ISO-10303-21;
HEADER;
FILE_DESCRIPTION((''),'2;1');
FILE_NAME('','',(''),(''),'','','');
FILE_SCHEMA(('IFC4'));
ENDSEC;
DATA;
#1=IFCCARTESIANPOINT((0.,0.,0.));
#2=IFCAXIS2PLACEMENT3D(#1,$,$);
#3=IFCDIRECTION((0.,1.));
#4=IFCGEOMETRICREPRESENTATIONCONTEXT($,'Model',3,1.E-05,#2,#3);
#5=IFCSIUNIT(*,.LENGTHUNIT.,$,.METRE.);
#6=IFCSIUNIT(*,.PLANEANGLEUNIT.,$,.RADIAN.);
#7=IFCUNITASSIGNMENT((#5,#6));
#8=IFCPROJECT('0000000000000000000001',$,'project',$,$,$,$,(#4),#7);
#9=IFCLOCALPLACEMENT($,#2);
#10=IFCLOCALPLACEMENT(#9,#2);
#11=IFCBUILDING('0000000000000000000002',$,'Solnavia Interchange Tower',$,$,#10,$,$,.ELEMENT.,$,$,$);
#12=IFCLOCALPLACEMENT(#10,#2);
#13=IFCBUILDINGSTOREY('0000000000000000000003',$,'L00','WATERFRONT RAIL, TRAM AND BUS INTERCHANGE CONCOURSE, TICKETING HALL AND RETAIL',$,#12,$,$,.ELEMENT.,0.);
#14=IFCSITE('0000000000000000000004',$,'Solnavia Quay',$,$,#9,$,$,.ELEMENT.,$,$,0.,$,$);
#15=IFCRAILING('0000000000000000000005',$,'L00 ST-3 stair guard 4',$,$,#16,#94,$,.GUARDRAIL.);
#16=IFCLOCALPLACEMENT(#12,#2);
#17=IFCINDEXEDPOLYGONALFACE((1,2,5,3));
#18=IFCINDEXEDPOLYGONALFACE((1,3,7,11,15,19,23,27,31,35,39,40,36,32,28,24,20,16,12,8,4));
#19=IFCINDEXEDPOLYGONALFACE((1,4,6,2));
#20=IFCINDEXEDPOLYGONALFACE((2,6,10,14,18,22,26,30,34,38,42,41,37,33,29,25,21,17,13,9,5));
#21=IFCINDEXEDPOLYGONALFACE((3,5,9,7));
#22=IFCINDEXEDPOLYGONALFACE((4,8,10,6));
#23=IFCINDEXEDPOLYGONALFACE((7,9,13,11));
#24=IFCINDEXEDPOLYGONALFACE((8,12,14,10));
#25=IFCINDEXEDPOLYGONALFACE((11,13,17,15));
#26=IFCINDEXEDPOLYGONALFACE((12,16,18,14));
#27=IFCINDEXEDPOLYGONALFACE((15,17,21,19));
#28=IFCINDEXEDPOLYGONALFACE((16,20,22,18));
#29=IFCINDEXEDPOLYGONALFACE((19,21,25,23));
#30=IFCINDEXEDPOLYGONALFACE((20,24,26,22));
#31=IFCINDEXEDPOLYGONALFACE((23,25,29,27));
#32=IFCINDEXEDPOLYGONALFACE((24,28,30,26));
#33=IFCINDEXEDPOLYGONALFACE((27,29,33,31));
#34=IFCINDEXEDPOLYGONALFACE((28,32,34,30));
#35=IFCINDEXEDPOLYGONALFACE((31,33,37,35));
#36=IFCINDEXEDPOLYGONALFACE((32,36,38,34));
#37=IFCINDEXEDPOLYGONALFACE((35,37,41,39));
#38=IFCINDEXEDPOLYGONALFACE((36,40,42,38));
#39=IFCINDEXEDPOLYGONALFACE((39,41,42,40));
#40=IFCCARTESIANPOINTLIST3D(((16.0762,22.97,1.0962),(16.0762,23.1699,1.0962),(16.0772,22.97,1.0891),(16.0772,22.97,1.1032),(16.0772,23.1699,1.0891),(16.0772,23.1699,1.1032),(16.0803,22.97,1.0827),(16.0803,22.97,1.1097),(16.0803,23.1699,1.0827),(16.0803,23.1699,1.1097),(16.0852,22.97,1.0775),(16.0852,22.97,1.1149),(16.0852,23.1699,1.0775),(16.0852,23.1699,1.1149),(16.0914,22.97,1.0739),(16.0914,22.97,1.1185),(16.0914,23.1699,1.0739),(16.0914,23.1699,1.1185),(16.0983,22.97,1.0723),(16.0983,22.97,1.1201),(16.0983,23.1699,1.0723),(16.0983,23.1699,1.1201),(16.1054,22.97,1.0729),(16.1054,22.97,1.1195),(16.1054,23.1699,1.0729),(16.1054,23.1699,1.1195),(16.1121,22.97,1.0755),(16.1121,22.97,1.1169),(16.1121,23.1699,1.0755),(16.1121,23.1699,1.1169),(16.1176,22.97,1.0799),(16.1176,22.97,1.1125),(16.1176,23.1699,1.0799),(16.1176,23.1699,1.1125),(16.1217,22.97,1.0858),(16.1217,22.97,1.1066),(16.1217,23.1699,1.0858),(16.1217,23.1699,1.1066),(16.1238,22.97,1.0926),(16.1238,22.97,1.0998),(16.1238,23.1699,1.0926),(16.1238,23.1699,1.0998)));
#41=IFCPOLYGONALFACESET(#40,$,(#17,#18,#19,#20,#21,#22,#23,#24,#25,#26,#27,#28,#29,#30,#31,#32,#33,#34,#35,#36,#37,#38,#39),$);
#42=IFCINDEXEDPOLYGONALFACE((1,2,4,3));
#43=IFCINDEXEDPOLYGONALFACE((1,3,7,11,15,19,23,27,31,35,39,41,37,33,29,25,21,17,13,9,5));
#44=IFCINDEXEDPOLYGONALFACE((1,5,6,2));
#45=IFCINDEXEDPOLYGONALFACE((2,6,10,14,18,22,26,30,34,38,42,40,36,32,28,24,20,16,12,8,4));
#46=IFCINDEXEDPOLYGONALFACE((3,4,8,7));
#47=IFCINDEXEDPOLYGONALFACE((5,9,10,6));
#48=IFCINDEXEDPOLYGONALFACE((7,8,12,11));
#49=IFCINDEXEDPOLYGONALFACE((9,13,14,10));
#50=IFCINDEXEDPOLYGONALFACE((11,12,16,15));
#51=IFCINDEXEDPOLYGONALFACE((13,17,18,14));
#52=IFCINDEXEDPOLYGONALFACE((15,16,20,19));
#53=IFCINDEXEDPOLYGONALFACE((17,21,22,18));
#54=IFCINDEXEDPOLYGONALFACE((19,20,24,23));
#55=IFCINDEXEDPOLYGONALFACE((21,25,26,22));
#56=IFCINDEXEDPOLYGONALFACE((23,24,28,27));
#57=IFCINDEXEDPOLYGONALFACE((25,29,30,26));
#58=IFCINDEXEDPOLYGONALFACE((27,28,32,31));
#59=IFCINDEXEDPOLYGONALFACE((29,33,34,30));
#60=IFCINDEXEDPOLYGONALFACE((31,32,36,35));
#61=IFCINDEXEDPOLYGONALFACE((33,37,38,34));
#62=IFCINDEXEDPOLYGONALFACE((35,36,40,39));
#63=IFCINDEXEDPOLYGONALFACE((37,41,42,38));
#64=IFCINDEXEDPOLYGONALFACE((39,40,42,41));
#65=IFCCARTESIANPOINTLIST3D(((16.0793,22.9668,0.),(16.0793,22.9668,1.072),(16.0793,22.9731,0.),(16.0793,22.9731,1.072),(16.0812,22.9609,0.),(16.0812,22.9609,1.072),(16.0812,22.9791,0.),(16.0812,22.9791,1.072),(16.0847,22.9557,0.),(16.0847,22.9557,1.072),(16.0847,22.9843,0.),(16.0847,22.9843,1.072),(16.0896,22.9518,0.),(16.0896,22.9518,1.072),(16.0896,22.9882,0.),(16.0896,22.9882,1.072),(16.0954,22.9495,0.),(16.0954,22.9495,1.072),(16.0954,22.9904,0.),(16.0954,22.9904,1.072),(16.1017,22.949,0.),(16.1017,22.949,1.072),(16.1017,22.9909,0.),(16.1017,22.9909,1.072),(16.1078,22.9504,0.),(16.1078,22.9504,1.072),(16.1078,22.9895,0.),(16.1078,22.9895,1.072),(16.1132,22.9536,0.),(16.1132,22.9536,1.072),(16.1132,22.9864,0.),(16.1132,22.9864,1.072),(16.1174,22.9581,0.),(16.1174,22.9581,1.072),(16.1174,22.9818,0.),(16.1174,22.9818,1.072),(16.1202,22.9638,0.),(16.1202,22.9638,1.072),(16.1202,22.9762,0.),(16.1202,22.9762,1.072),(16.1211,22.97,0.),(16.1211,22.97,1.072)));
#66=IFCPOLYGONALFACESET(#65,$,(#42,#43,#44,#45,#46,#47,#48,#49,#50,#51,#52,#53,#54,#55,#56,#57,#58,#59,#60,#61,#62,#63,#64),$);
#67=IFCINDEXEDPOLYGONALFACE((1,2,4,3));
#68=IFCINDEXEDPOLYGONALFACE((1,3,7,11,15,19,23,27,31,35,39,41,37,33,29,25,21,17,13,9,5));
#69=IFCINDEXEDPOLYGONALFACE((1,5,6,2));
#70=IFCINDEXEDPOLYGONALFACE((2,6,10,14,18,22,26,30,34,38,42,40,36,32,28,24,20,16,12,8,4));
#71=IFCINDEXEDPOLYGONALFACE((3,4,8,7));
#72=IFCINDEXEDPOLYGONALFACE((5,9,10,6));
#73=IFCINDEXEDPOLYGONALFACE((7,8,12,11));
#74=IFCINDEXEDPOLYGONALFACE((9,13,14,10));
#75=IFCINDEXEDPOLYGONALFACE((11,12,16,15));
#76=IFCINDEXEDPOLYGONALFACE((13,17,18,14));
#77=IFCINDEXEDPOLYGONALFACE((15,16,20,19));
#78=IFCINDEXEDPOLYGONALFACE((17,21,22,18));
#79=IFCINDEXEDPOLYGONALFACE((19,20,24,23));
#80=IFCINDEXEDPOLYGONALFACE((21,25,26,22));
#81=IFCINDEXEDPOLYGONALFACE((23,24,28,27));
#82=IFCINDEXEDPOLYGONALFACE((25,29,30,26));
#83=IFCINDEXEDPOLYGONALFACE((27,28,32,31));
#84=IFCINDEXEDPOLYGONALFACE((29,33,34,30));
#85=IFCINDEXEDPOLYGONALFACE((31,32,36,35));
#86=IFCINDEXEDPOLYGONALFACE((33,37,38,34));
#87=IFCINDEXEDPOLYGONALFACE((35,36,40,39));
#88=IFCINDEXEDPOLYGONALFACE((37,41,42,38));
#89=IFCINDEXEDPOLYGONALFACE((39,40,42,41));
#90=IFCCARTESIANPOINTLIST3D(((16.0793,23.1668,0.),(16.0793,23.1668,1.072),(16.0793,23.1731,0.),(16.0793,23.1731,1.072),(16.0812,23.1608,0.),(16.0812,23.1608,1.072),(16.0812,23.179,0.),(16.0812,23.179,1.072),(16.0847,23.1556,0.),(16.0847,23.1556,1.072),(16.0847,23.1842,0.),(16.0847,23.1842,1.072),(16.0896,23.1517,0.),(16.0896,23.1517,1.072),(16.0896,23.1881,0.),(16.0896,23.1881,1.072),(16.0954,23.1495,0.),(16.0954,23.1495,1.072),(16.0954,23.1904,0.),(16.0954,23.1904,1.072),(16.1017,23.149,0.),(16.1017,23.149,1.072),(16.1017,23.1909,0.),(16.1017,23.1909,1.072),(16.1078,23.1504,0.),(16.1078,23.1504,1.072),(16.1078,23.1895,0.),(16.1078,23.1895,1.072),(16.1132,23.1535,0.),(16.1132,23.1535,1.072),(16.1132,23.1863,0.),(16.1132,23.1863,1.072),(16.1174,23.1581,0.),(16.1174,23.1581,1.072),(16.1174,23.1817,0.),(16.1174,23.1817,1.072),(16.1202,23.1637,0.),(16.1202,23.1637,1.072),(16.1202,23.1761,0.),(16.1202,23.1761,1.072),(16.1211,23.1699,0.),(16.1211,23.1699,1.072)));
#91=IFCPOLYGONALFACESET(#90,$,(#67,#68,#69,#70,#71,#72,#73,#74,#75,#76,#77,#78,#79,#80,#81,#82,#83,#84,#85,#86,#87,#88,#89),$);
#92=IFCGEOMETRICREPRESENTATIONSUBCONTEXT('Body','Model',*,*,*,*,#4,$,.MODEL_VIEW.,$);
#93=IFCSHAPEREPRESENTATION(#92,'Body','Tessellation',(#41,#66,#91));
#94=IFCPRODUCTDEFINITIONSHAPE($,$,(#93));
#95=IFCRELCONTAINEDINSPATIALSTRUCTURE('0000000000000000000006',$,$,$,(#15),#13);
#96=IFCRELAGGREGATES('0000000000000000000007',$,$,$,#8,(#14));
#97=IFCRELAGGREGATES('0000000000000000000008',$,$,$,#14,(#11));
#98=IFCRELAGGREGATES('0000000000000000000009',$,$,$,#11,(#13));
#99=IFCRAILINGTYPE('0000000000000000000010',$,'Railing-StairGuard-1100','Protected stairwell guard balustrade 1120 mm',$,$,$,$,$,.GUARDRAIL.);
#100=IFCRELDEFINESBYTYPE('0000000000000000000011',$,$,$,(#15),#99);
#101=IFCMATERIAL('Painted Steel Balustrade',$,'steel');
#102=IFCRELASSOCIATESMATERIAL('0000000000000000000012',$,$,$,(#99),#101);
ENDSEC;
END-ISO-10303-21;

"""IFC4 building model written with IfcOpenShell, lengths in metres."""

from ifc_helpers import new_model, si_unit, direction, frame, origin, origin_2d, place, context, subcontext, project, spatial, circle, extrude, material, type_object, element, save


model = new_model("IFC4")

# Units and contexts
model_context = context("Model", 3, precision=1e-05, world=origin(), true_north=direction((0.0, 1.0)))
body_context = subcontext(model_context, "Body", "Model", "MODEL_VIEW")
ifc_project = project(units=[si_unit("LENGTHUNIT", "METRE"), si_unit("PLANEANGLEUNIT", "RADIAN")], contexts=[model_context])

# Site, building, storey
site_placement = place(None, origin())
site = spatial("IfcSite", under=ifc_project, at=site_placement, Name="Solnavia Quay", CompositionType="ELEMENT", RefElevation=0.0)
building_placement = place(site_placement, origin())
building = spatial("IfcBuilding", under=site, at=building_placement, Name="Solnavia Interchange Tower", CompositionType="ELEMENT")
storey_placement = place(building_placement, origin())
storey = spatial("IfcBuildingStorey", under=building, at=storey_placement, Name="L00", Description="WATERFRONT RAIL, TRAM AND BUS INTERCHANGE CONCOURSE, TICKETING HALL AND RETAIL", CompositionType="ELEMENT", Elevation=0.0)

# Railing
ifc_material_1 = material(Name="Painted Steel Balustrade", Category="steel")
railing_type_1 = type_object("IfcRailingType", Name="Railing-StairGuard-1100", Description="Protected stairwell guard balustrade 1120 mm", PredefinedType="GUARDRAIL", material=ifc_material_1)
railing_1_placement = place(storey_placement, frame((16.1001, 22.97, 0.0)))
element("IfcRailing", 1, at=railing_1_placement, inside=storey, type_object=railing_type_1, Name="L00 ST-3 stair guard 4", PredefinedType="GUARDRAIL", context=body_context, shape_type="SweptSolid", body=[
    extrude(circle(Radius=0.0239, at=origin_2d()), frame((0.0, 0.0, 1.0962), z_axis=(0.0, 1.0, 0.0), x_axis=(-1.0, 0.0, 0.0)), (0.0, 0.0, 1.0), 0.2),
    extrude(circle(Radius=0.021, at=origin_2d()), origin(), (0.0, 0.0, 1.0), 1.072),
    extrude(circle(Radius=0.021, at=origin_2d()), frame((0.0, 0.2, 0.0)), (0.0, 0.0, 1.0), 1.072),
])

save(model, "model.ifc")
